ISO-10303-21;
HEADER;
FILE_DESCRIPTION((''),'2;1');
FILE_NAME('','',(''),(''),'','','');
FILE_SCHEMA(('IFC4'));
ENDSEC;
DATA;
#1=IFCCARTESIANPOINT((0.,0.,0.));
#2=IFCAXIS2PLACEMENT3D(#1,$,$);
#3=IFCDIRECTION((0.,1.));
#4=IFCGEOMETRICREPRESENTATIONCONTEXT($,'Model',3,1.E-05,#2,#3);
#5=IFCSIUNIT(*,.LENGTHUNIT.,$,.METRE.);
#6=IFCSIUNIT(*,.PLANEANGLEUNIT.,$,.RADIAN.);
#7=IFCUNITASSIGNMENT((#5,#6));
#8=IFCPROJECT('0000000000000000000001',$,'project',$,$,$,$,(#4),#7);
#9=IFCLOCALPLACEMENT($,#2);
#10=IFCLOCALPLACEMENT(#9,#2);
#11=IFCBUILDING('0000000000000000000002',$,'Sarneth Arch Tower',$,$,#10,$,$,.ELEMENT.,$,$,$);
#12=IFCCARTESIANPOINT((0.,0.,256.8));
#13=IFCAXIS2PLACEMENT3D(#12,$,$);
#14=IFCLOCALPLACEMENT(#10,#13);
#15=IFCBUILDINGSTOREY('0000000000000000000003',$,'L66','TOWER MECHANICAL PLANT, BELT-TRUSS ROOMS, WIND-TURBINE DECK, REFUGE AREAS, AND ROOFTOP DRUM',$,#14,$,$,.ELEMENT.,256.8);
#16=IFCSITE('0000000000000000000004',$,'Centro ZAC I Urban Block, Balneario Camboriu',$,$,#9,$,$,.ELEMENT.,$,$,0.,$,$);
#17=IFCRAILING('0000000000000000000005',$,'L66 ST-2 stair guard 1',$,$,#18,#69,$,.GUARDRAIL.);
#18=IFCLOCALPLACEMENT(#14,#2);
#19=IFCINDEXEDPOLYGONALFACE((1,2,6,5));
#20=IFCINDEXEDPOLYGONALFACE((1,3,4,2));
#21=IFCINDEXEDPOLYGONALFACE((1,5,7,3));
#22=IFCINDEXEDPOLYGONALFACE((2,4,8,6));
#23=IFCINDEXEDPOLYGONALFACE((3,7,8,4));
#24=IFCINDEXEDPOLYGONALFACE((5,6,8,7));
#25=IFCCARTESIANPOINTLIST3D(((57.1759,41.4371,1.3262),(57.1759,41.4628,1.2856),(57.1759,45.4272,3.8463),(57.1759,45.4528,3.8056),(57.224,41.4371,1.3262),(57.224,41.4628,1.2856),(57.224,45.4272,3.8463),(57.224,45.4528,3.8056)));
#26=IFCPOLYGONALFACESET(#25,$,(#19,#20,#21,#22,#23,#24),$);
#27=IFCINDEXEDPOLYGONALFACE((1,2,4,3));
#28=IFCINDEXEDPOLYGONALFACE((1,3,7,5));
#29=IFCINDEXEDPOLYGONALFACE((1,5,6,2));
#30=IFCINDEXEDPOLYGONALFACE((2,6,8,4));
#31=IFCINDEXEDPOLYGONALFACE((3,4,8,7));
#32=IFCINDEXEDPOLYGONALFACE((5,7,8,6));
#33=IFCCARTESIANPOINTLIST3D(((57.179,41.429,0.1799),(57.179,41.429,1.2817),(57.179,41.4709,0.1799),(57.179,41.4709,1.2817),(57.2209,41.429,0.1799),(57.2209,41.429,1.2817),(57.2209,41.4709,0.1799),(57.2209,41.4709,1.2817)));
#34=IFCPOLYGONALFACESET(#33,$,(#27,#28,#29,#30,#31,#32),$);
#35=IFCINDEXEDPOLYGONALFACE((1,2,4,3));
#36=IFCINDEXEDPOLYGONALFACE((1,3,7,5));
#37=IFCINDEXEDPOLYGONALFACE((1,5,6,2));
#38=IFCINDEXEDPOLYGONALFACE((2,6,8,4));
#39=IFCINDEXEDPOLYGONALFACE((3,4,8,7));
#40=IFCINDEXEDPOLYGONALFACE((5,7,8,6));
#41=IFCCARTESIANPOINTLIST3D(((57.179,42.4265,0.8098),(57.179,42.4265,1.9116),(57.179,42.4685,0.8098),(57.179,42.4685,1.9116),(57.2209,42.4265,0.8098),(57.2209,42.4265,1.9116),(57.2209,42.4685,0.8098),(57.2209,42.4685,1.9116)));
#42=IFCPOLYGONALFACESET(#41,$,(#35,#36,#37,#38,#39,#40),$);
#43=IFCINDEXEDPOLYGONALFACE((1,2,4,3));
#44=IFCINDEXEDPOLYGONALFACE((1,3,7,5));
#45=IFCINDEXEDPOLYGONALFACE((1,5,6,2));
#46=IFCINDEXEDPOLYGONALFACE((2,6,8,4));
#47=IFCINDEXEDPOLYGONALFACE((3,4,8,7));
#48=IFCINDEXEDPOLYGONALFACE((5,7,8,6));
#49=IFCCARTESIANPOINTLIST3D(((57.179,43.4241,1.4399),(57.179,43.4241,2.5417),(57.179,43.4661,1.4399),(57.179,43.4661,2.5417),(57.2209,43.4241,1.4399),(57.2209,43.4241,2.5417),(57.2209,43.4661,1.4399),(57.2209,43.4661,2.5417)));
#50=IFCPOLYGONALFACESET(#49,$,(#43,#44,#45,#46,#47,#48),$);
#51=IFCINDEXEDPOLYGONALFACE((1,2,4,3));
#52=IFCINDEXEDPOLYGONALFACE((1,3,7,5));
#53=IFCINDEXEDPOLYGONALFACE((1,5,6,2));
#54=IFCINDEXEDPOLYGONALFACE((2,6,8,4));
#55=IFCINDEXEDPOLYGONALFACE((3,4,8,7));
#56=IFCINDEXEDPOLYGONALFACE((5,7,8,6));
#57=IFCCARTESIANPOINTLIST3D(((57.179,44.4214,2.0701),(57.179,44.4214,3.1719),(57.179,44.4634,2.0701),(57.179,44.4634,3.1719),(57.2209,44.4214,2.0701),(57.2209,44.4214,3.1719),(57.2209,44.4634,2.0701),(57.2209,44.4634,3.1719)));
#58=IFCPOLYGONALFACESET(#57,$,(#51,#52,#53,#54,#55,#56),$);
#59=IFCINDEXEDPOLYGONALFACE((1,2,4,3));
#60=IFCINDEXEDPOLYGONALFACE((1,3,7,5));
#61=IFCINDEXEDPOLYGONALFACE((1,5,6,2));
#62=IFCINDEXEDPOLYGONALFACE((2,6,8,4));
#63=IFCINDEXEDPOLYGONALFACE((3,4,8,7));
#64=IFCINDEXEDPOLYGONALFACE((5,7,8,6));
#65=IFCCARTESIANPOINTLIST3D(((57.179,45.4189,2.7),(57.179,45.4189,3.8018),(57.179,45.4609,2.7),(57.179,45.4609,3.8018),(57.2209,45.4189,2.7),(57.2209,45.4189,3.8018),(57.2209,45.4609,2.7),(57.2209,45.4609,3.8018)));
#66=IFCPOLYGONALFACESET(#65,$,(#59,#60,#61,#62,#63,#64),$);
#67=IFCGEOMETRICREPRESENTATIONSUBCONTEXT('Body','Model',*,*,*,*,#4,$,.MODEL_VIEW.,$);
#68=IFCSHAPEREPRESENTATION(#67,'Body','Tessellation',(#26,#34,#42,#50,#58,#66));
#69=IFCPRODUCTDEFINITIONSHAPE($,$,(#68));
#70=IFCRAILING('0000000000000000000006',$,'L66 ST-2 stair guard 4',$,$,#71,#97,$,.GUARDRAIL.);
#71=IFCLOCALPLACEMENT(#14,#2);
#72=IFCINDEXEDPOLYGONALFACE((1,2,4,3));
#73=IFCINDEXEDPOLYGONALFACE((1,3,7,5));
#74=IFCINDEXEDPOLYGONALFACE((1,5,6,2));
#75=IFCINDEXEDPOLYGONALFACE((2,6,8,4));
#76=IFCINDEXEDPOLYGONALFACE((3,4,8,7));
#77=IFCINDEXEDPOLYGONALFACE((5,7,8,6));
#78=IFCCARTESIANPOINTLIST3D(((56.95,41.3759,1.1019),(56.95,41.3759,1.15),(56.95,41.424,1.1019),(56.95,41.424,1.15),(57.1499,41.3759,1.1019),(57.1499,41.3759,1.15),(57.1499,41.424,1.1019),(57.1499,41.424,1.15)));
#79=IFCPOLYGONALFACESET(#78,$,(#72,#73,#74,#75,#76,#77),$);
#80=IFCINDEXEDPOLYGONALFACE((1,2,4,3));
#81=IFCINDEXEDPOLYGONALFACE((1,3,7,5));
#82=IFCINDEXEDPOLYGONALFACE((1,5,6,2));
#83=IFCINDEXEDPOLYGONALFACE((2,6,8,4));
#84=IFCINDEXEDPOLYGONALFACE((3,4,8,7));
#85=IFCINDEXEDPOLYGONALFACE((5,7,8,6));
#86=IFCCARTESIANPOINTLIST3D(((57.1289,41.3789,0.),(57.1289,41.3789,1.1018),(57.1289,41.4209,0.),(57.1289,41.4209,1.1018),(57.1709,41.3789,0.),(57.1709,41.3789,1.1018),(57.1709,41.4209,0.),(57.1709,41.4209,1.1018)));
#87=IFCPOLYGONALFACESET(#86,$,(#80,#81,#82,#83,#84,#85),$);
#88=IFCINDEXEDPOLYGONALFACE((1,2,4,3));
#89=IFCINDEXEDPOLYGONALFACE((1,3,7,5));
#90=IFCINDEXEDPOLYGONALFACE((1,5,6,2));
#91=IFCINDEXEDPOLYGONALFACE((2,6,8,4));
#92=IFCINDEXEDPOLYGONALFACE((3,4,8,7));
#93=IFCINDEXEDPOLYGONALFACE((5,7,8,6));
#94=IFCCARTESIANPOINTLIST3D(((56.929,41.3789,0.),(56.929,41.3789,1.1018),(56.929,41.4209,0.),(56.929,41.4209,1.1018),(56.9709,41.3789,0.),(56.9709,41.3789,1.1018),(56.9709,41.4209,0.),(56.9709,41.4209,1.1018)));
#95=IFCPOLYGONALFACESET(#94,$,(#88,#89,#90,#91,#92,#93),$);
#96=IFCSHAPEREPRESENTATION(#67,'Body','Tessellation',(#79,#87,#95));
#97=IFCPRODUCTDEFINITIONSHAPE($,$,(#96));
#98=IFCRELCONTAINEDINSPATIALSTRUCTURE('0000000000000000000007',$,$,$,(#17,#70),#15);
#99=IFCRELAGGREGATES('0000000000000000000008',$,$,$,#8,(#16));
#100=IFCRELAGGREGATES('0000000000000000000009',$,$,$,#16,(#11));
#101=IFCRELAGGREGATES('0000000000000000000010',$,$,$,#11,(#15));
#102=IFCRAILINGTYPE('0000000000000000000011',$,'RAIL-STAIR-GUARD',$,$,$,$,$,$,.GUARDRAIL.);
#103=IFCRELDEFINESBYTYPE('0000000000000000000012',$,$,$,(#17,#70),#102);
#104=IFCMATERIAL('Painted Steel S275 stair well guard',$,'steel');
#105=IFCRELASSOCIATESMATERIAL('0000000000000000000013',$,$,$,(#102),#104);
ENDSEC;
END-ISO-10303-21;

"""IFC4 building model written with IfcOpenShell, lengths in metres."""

from ifc_helpers import new_model, si_unit, direction, frame, origin, origin_2d, place, context, subcontext, project, spatial, rectangle, extrude, material, type_object, element, save


model = new_model("IFC4")

# Units and contexts
model_context = context("Model", 3, precision=1e-05, world=origin(), true_north=direction((0.0, 1.0)))
body_context = subcontext(model_context, "Body", "Model", "MODEL_VIEW")
ifc_project = project(units=[si_unit("LENGTHUNIT", "METRE"), si_unit("PLANEANGLEUNIT", "RADIAN")], contexts=[model_context])

# Site, building, storey
site_placement = place(None, origin())
site = spatial("IfcSite", under=ifc_project, at=site_placement, Name="Centro ZAC I Urban Block, Balneario Camboriu", CompositionType="ELEMENT", RefElevation=0.0)
building_placement = place(site_placement, origin())
building = spatial("IfcBuilding", under=site, at=building_placement, Name="Sarneth Arch Tower", CompositionType="ELEMENT")
storey_placement = place(building_placement, frame((0.0, 0.0, 256.8)))
storey = spatial("IfcBuildingStorey", under=building, at=storey_placement, Name="L66", Description="TOWER MECHANICAL PLANT, BELT-TRUSS ROOMS, WIND-TURBINE DECK, REFUGE AREAS, AND ROOFTOP DRUM", CompositionType="ELEMENT", Elevation=256.8)

# Railings
ifc_material_1 = material(Name="Painted Steel S275 stair well guard", Category="steel")
railing_type = type_object("IfcRailingType", Name="RAIL-STAIR-GUARD", PredefinedType="GUARDRAIL", material=ifc_material_1)
railing_1_placement = place(storey_placement, frame((57.2, 41.45, 0.1799)))
element("IfcRailing", 1, at=railing_1_placement, inside=storey, type_object=railing_type, Name="L66 ST-2 stair guard 1", PredefinedType="GUARDRAIL", context=body_context, shape_type="SweptSolid", body=[
    extrude(rectangle(XDim=0.0481, YDim=0.0481, at=origin_2d()), frame((0.0, 0.0, 1.126), z_axis=(0.0, 0.845486, 0.533997), x_axis=(-1.0, 0.0, 0.0)), (0.0, 0.0, 1.0), 4.7192),
    extrude(rectangle(XDim=0.042, YDim=0.042, at=origin_2d()), origin(), (0.0, 0.0, 1.0), 1.1018),
    extrude(rectangle(XDim=0.042, YDim=0.042, at=origin_2d()), frame((0.0, 0.9976, 0.6299)), (0.0, 0.0, 1.0), 1.1018),
    extrude(rectangle(XDim=0.042, YDim=0.042, at=origin_2d()), frame((0.0, 1.9951, 1.26)), (0.0, 0.0, 1.0), 1.1018),
    extrude(rectangle(XDim=0.042, YDim=0.042, at=origin_2d()), frame((0.0, 2.9924, 1.8901)), (0.0, 0.0, 1.0), 1.1018),
    extrude(rectangle(XDim=0.042, YDim=0.042, at=origin_2d()), frame((0.0, 3.99, 2.52)), (0.0, 0.0, 1.0), 1.1018),
])
railing_2_placement = place(storey_placement, frame((57.1499, 41.3999, 0.0)))
element("IfcRailing", 2, at=railing_2_placement, inside=storey, type_object=railing_type, Name="L66 ST-2 stair guard 4", PredefinedType="GUARDRAIL", context=body_context, shape_type="SweptSolid", body=[
    extrude(rectangle(XDim=0.0481, YDim=0.0481, at=origin_2d()), frame((0.0, 0.0, 1.126), z_axis=(-1.0, 0.0, 0.0), x_axis=(0.0, -1.0, 0.0)), (0.0, 0.0, 1.0), 0.2),
    extrude(rectangle(XDim=0.042, YDim=0.042, at=origin_2d()), origin(), (0.0, 0.0, 1.0), 1.1018),
    extrude(rectangle(XDim=0.042, YDim=0.042, at=origin_2d()), frame((-0.2, 0.0, 0.0)), (0.0, 0.0, 1.0), 1.1018),
])

save(model, "model.ifc")
